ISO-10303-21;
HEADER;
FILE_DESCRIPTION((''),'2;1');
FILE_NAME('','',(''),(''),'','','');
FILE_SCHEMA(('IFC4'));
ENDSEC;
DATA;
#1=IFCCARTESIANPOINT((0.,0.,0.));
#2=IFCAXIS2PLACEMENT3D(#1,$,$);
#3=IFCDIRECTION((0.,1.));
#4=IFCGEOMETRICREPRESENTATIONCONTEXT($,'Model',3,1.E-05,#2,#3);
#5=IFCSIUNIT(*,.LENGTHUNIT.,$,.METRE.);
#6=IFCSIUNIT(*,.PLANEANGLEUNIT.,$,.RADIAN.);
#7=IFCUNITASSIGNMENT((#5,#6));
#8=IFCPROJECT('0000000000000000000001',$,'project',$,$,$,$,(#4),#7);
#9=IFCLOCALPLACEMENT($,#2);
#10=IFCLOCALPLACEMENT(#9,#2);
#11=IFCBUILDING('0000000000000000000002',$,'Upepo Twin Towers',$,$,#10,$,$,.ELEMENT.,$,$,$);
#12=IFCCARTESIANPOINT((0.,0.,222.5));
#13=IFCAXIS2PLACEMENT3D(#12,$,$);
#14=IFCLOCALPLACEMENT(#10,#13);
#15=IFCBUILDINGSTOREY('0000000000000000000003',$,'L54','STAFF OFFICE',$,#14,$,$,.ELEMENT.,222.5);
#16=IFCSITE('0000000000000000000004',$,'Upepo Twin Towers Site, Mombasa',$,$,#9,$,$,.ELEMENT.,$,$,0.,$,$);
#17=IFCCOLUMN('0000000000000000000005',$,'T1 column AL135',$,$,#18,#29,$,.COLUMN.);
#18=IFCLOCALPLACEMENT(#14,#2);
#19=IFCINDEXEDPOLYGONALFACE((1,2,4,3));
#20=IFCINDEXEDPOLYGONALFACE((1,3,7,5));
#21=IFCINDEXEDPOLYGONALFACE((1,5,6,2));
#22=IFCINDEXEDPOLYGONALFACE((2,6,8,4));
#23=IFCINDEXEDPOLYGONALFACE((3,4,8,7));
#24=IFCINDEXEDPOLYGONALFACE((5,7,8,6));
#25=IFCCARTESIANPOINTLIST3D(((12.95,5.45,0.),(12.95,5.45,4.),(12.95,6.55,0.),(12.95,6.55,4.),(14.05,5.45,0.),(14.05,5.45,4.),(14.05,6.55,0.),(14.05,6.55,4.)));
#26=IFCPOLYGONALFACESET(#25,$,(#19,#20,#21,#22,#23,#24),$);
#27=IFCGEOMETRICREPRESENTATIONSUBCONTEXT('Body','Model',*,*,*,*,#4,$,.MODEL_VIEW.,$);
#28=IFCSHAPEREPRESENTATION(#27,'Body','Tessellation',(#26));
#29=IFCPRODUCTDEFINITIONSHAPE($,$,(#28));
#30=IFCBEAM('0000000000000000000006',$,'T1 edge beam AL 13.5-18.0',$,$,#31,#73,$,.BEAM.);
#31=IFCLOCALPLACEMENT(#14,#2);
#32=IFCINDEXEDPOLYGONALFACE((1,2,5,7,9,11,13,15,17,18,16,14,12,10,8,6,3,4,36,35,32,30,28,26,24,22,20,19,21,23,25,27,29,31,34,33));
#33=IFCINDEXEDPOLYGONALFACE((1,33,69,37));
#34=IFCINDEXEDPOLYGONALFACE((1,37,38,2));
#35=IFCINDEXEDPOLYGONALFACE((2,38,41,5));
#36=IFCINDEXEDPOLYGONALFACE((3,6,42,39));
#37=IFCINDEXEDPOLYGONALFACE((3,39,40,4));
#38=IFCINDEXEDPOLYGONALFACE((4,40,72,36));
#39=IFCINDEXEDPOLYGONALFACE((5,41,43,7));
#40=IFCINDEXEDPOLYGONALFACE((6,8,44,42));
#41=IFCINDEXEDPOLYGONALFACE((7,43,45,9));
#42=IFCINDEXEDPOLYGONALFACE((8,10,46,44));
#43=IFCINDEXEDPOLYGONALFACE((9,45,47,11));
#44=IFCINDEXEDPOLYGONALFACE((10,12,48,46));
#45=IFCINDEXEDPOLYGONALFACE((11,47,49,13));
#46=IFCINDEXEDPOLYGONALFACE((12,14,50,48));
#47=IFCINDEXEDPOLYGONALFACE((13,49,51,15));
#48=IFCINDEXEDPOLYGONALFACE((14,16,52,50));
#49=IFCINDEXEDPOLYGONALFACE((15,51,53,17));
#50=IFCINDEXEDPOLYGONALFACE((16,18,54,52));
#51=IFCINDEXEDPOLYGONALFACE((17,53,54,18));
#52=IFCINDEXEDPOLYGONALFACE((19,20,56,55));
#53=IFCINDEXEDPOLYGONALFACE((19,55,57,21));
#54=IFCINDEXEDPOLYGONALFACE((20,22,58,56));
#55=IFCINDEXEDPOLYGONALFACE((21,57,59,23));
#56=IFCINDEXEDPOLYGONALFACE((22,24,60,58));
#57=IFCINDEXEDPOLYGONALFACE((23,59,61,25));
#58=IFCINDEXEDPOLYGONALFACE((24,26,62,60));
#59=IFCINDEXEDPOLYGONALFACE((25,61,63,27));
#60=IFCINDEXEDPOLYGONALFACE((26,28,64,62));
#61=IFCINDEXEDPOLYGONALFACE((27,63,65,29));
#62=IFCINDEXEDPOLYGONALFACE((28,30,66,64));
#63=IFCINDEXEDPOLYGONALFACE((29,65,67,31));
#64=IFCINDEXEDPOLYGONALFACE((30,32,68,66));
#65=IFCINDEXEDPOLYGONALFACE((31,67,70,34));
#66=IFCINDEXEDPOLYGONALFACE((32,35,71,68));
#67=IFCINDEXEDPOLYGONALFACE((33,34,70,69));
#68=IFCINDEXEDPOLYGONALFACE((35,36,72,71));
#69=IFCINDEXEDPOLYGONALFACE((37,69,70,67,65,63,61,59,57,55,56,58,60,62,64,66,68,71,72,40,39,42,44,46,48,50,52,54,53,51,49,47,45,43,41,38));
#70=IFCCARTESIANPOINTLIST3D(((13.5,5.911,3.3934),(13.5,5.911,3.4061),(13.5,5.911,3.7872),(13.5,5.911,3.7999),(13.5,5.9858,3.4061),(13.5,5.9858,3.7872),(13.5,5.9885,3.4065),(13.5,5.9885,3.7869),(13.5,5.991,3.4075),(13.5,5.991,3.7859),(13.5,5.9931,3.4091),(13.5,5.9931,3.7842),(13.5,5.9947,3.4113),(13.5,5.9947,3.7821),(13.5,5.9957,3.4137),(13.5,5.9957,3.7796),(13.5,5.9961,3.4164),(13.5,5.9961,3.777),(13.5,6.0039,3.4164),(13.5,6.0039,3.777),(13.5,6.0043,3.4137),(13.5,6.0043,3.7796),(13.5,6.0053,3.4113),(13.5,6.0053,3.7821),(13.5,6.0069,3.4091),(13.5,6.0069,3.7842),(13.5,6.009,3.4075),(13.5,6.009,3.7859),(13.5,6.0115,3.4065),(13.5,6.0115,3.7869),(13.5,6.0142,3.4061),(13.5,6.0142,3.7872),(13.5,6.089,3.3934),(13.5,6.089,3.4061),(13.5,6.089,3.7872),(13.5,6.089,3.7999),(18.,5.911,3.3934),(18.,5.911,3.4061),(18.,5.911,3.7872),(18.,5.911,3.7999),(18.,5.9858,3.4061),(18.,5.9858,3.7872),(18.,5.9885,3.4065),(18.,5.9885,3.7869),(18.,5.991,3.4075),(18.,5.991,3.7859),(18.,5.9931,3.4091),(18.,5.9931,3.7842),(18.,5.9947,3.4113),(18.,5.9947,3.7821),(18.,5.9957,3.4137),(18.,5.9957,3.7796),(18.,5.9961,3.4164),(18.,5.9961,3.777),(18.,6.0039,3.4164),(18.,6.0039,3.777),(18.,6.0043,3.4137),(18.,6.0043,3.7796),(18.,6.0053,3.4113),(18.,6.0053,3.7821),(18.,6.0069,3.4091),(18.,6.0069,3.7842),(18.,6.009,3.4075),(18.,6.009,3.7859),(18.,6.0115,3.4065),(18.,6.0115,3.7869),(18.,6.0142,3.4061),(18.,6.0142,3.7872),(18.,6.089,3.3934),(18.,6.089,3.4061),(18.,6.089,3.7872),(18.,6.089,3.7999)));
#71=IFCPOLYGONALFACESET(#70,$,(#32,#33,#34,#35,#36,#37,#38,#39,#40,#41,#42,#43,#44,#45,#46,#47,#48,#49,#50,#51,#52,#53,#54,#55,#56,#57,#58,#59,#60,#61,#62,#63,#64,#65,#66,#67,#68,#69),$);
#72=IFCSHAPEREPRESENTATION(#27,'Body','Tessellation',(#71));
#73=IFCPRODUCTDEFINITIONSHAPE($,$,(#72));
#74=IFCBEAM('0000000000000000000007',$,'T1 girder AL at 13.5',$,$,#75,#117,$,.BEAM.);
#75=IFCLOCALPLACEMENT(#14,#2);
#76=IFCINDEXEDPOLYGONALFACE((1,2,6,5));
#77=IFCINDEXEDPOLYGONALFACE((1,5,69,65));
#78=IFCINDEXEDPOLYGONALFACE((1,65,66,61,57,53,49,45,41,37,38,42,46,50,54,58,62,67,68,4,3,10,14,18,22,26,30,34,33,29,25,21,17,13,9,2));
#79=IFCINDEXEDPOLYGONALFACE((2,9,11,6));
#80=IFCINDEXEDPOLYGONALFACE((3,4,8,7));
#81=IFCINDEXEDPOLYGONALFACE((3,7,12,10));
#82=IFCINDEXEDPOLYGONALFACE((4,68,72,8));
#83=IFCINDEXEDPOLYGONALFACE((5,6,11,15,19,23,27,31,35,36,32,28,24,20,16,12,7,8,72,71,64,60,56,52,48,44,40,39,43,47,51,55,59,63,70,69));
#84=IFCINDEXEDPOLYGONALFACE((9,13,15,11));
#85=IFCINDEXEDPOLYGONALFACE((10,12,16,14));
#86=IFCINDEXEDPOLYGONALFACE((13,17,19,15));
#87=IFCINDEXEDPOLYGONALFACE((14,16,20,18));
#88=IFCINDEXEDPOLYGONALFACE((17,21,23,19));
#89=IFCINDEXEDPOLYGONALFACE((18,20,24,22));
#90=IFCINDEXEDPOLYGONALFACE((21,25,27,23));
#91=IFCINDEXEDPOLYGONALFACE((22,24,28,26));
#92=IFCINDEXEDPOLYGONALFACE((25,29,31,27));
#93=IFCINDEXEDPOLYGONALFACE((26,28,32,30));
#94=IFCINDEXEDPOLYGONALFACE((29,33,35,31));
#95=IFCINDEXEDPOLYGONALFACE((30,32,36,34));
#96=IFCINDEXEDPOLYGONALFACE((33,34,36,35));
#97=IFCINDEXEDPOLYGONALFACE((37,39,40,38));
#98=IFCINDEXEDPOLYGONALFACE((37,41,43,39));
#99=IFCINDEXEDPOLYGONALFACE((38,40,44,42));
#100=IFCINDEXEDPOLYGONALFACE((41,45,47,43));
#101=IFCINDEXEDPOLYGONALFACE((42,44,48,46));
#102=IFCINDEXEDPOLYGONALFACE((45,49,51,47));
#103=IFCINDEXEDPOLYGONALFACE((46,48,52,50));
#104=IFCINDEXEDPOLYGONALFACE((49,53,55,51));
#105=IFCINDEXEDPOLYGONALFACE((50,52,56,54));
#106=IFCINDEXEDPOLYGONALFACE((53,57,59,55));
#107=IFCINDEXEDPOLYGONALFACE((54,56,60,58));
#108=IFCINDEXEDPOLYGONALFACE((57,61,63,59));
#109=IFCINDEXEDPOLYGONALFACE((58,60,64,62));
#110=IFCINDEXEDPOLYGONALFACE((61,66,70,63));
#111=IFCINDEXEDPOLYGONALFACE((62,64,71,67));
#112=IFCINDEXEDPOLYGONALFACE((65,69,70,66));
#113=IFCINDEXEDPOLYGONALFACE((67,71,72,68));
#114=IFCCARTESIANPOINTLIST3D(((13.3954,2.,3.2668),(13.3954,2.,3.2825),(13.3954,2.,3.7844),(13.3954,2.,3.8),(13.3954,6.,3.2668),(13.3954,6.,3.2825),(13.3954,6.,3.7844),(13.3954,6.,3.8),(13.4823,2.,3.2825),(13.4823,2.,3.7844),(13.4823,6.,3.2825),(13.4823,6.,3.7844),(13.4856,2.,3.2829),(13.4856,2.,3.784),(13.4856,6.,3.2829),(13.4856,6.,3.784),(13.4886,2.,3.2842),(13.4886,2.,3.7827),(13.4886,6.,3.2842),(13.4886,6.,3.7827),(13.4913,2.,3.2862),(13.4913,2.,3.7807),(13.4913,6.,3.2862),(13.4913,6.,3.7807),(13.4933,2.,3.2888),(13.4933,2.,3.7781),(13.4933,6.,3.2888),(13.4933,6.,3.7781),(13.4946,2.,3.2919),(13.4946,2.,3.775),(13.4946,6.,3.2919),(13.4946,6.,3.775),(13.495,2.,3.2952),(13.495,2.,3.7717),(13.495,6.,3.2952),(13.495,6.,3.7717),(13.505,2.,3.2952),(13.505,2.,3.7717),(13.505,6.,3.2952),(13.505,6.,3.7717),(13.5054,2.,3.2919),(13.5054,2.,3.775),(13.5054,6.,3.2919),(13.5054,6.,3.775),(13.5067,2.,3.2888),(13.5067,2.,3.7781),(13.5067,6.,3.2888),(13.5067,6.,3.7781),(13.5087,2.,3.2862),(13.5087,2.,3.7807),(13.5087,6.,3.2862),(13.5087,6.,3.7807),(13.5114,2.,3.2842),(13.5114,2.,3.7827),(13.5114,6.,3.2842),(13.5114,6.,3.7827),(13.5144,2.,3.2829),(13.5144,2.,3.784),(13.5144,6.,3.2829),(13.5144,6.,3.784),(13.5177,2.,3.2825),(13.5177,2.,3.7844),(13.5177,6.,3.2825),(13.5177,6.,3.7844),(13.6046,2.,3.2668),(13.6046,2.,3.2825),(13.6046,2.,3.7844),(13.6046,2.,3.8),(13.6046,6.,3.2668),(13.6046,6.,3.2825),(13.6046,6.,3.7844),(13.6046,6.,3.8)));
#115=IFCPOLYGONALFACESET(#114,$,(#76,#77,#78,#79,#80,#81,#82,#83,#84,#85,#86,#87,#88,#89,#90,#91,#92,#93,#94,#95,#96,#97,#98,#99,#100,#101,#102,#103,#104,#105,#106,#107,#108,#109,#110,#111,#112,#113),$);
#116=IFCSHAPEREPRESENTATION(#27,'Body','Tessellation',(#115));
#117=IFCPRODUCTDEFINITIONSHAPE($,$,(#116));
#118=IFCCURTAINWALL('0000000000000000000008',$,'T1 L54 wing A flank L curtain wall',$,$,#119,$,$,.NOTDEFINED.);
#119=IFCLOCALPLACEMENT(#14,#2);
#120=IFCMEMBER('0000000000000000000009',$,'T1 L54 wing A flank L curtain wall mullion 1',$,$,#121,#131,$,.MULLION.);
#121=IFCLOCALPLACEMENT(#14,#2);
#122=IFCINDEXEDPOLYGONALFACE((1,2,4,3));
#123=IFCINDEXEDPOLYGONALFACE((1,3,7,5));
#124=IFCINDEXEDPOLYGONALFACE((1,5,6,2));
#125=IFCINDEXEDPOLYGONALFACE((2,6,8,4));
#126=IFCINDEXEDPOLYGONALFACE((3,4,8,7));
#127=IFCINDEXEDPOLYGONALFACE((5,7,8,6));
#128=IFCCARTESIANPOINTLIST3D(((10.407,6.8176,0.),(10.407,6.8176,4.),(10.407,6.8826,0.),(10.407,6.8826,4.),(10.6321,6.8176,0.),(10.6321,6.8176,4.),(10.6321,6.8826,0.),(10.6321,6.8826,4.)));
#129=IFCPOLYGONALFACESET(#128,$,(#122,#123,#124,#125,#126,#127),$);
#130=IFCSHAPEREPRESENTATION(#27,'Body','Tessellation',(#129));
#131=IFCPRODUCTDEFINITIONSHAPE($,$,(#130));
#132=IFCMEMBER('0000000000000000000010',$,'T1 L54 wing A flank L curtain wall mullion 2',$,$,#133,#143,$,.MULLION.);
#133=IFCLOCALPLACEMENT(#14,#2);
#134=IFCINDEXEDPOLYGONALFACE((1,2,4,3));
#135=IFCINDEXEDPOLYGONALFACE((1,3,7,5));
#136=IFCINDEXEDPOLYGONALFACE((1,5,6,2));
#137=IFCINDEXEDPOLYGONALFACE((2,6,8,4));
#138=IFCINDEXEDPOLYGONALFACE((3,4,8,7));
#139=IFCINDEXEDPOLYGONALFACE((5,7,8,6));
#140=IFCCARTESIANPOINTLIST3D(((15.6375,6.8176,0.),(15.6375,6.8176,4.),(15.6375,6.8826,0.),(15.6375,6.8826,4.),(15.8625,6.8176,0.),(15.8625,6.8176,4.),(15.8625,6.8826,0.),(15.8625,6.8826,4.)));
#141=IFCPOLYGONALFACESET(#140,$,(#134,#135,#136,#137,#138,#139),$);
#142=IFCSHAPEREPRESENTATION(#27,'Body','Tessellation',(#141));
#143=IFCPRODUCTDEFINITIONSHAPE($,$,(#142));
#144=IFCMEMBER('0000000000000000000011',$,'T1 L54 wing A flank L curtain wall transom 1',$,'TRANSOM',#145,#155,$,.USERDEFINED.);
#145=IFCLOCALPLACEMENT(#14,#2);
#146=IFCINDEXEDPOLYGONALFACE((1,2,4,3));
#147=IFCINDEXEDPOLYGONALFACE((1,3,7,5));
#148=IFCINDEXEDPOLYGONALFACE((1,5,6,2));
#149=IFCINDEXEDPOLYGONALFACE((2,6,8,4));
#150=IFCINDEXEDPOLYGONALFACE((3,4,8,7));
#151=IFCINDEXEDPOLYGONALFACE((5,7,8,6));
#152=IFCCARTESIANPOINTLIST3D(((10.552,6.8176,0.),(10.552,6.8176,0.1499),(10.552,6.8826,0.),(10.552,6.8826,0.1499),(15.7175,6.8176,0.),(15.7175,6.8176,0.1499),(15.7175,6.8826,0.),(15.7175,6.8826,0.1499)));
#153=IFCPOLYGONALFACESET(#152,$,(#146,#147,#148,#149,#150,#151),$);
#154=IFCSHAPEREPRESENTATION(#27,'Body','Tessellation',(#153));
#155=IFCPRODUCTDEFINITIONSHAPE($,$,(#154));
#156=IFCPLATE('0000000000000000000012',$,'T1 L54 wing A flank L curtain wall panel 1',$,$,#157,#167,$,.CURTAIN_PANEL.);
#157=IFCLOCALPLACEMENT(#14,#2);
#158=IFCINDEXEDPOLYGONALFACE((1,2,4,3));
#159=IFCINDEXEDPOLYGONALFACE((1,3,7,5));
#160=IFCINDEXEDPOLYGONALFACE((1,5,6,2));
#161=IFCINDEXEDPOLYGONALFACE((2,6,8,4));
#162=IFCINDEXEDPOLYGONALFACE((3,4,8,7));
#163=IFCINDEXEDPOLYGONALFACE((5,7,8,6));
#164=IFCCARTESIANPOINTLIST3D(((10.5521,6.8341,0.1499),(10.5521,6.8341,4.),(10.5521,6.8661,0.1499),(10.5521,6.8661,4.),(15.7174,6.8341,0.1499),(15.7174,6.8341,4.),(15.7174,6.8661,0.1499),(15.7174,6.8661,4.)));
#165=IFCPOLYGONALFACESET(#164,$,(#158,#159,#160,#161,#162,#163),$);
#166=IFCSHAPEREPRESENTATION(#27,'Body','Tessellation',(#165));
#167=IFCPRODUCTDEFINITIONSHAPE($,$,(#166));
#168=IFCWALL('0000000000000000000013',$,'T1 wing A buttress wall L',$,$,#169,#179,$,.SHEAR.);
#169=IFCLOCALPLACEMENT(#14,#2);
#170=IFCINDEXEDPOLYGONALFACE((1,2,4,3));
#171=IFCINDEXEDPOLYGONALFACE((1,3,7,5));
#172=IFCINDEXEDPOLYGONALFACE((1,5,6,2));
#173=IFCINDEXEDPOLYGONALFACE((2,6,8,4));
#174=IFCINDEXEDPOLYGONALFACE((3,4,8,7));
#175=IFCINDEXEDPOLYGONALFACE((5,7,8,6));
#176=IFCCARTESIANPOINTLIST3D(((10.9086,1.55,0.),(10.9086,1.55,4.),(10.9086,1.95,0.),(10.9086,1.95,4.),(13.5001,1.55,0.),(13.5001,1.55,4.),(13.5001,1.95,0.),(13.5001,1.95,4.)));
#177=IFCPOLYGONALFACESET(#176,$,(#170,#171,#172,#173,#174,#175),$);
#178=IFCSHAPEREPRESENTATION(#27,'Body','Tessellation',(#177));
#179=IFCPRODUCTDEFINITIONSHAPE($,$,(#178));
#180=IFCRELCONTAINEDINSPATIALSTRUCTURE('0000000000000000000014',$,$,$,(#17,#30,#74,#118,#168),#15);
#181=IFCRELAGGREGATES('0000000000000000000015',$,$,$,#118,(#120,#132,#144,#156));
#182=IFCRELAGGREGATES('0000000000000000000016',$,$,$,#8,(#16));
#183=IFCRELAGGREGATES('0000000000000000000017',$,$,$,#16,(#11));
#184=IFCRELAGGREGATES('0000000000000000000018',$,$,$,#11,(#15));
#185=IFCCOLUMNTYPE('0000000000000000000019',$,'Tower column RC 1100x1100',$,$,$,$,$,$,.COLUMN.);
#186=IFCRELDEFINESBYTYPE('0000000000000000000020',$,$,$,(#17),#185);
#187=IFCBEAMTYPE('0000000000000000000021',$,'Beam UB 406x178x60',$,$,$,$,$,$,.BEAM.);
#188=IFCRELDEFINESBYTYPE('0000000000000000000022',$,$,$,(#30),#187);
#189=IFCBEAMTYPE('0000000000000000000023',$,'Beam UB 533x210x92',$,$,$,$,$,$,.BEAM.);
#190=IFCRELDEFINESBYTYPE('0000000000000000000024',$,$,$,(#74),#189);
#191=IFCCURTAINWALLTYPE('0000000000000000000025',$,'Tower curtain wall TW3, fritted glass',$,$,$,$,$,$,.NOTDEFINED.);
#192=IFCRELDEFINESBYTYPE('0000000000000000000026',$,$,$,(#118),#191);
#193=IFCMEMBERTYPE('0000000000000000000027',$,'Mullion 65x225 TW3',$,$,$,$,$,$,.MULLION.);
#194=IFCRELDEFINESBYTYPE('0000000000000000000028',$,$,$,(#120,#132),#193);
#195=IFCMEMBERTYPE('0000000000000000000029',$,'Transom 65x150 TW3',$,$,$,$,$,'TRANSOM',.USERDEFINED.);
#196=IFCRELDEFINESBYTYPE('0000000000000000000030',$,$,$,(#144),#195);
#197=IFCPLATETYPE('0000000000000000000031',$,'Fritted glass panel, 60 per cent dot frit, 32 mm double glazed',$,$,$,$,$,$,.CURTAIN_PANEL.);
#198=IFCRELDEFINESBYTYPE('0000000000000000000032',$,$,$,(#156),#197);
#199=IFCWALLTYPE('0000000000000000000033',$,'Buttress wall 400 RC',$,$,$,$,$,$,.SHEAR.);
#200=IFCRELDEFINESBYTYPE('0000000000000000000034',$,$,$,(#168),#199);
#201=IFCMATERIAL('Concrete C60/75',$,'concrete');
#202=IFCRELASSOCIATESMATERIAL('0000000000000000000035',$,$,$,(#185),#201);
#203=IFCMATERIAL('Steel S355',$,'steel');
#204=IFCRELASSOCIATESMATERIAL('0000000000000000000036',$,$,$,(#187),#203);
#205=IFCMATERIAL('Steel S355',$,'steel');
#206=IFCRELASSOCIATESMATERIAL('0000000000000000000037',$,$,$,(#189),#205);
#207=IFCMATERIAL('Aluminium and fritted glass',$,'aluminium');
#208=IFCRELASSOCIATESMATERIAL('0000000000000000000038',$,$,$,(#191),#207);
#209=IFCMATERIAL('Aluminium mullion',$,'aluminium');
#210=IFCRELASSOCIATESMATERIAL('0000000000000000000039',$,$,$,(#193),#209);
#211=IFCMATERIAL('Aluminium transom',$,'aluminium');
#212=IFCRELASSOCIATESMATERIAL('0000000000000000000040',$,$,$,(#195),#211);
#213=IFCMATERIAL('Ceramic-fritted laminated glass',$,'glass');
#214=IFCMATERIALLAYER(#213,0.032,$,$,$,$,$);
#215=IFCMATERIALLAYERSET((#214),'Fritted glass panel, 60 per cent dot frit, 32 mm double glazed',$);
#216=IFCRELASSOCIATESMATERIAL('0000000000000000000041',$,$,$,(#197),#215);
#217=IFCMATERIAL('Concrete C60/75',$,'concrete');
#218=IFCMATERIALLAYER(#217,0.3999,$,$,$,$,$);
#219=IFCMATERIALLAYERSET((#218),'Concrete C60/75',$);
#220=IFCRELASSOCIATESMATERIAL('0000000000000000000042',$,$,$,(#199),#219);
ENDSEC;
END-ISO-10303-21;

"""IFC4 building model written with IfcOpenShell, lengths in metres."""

from ifc_helpers import new_model, si_unit, direction, frame, frame_2d, origin, origin_2d, place, context, subcontext, project, spatial, rectangle, i_section, extrude, material, layer, layer_set, material_profile, profile_set, type_object, element, aggregate, save


model = new_model("IFC4")

# Units and contexts
model_context = context("Model", 3, precision=1e-05, world=origin(), true_north=direction((0.0, 1.0)))
body_context = subcontext(model_context, "Body", "Model", "MODEL_VIEW")
ifc_project = project(units=[si_unit("LENGTHUNIT", "METRE"), si_unit("PLANEANGLEUNIT", "RADIAN")], contexts=[model_context])

# Site, building, storey
site_placement = place(None, origin())
site = spatial("IfcSite", under=ifc_project, at=site_placement, Name="Upepo Twin Towers Site, Mombasa", CompositionType="ELEMENT", RefElevation=0.0)
building_placement = place(site_placement, origin())
building = spatial("IfcBuilding", under=site, at=building_placement, Name="Upepo Twin Towers", CompositionType="ELEMENT")
storey_placement = place(building_placement, frame((0.0, 0.0, 222.5)))
storey = spatial("IfcBuildingStorey", under=building, at=storey_placement, Name="L54", Description="STAFF OFFICE", CompositionType="ELEMENT", Elevation=222.5)

# Column
ifc_material_1 = material(Name="Concrete C60/75", Category="concrete")
ifc_material_profile_1 = material_profile(ifc_material_1, rectangle(XDim=1.1001, YDim=1.1001, at=origin_2d()), Name="RC 1100x1100")
ifc_profile_set_1 = profile_set([ifc_material_profile_1], Name="Concrete C60/75")
column_type = type_object("IfcColumnType", Name="Tower column RC 1100x1100", PredefinedType="COLUMN", material=ifc_profile_set_1)
column_placement = place(storey_placement, frame((13.5, 6.0, 0.0), z_axis=(0.0, 0.0, 1.0), x_axis=(1.0, 0.0, 0.0)))
element("IfcColumn", 1, at=column_placement, inside=storey, type_object=column_type, Name="T1 column AL135", PredefinedType="COLUMN", context=body_context, shape_type="SweptSolid", body=[
    extrude(rectangle(XDim=1.1001, YDim=1.1001, at=origin_2d()), origin(), (0.0, 0.0, 1.0), 4.0),
])

# Beams
ifc_material_2 = material(Name="Steel S355", Category="steel")
ifc_material_profile_2 = material_profile(ifc_material_2, i_section(OverallWidth=0.178, OverallDepth=0.4065, WebThickness=0.0078, FlangeThickness=0.0127, FilletRadius=0.0103, at=origin_2d()), Name="UB 406x178x60")
ifc_profile_set_2 = profile_set([ifc_material_profile_2], Name="Steel S355")
beam_type_1 = type_object("IfcBeamType", Name="Beam UB 406x178x60", PredefinedType="BEAM", material=ifc_profile_set_2)
beam_1_placement = place(storey_placement, frame((13.5, 6.0, 3.5967), z_axis=(1.0, 0.0, 0.0), x_axis=(0.0, 1.0, 0.0)))
element("IfcBeam", 2, at=beam_1_placement, inside=storey, type_object=beam_type_1, Name="T1 edge beam AL 13.5-18.0", PredefinedType="BEAM", context=body_context, shape_type="SweptSolid", body=[
    extrude(i_section(OverallWidth=0.178, OverallDepth=0.4065, WebThickness=0.0078, FlangeThickness=0.0127, FilletRadius=0.0103, at=origin_2d()), origin(), (0.0, 0.0, 1.0), 4.5),
])
ifc_material_3 = material(Name="Steel S355", Category="steel")
ifc_material_profile_3 = material_profile(ifc_material_3, i_section(OverallWidth=0.2092, OverallDepth=0.5332, WebThickness=0.01, FlangeThickness=0.0156, FilletRadius=0.0127, at=origin_2d()), Name="UB 533x210x92")
ifc_profile_set_3 = profile_set([ifc_material_profile_3], Name="Steel S355")
beam_type_2 = type_object("IfcBeamType", Name="Beam UB 533x210x92", PredefinedType="BEAM", material=ifc_profile_set_3)
beam_2_placement = place(storey_placement, frame((13.5, 6.0, 3.5334), z_axis=(0.0, -1.0, 0.0), x_axis=(1.0, 0.0, 0.0)))
element("IfcBeam", 3, at=beam_2_placement, inside=storey, type_object=beam_type_2, Name="T1 girder AL at 13.5", PredefinedType="BEAM", context=body_context, shape_type="SweptSolid", body=[
    extrude(i_section(OverallWidth=0.2092, OverallDepth=0.5332, WebThickness=0.01, FlangeThickness=0.0156, FilletRadius=0.0127, at=origin_2d()), origin(), (0.0, 0.0, 1.0), 4.0),
])

# Curtain wall, members, plate
ifc_material_4 = material(Name="Aluminium and fritted glass", Category="aluminium")
curtain_wall_type = type_object("IfcCurtainWallType", Name="Tower curtain wall TW3, fritted glass", PredefinedType="NOTDEFINED", material=ifc_material_4)
curtain_wall_placement = place(storey_placement, origin())
curtain_wall = element("IfcCurtainWall", 4, at=curtain_wall_placement, inside=storey, type_object=curtain_wall_type, Name="T1 L54 wing A flank L curtain wall", PredefinedType="NOTDEFINED")
ifc_material_5 = material(Name="Aluminium mullion", Category="aluminium")
ifc_material_profile_4 = material_profile(ifc_material_5, rectangle(XDim=0.0649, YDim=0.2251, at=origin_2d()), Name="MULLION 65x225")
ifc_profile_set_4 = profile_set([ifc_material_profile_4], Name="Aluminium mullion")
member_type_1 = type_object("IfcMemberType", Name="Mullion 65x225 TW3", PredefinedType="MULLION", material=ifc_profile_set_4)
member_1_placement = place(storey_placement, frame((10.5195, 6.8501, 0.0), z_axis=(0.0, 0.0, 1.0), x_axis=(0.0, 1.0, 0.0)))
member_1 = element("IfcMember", 5, at=member_1_placement, type_object=member_type_1, Name="T1 L54 wing A flank L curtain wall mullion 1", PredefinedType="MULLION", context=body_context, shape_type="SweptSolid", body=[
    extrude(rectangle(XDim=0.0649, YDim=0.2251, at=origin_2d()), origin(), (0.0, 0.0, 1.0), 4.0),
])
member_2_placement = place(storey_placement, frame((15.75, 6.8501, 0.0), z_axis=(0.0, 0.0, 1.0), x_axis=(0.0, 1.0, 0.0)))
member_2 = element("IfcMember", 6, at=member_2_placement, type_object=member_type_1, Name="T1 L54 wing A flank L curtain wall mullion 2", PredefinedType="MULLION", context=body_context, shape_type="SweptSolid", body=[
    extrude(rectangle(XDim=0.0649, YDim=0.2251, at=origin_2d()), origin(), (0.0, 0.0, 1.0), 4.0),
])
ifc_material_6 = material(Name="Aluminium transom", Category="aluminium")
ifc_material_profile_5 = material_profile(ifc_material_6, rectangle(XDim=0.0649, YDim=0.1499, at=origin_2d()), Name="TRANSOM 65x150")
ifc_profile_set_5 = profile_set([ifc_material_profile_5], Name="Aluminium transom")
member_type_2 = type_object("IfcMemberType", Name="Transom 65x150 TW3", ElementType="TRANSOM", PredefinedType="USERDEFINED", material=ifc_profile_set_5)
member_3_placement = place(storey_placement, frame((10.552, 6.8501, 0.075), z_axis=(1.0, 0.0, 0.0), x_axis=(0.0, 1.0, 0.0)))
member_3 = element("IfcMember", 7, at=member_3_placement, type_object=member_type_2, Name="T1 L54 wing A flank L curtain wall transom 1", ObjectType="TRANSOM", PredefinedType="USERDEFINED", context=body_context, shape_type="SweptSolid", body=[
    extrude(rectangle(XDim=0.0649, YDim=0.1499, at=origin_2d()), origin(), (0.0, 0.0, 1.0), 5.1655),
])
ifc_material_7 = material(Name="Ceramic-fritted laminated glass", Category="glass")
ifc_layer_1 = layer(ifc_material_7, 0.032)
ifc_layer_set_1 = layer_set([ifc_layer_1], Name="Fritted glass panel, 60 per cent dot frit, 32 mm double glazed")
plate_type = type_object("IfcPlateType", Name="Fritted glass panel, 60 per cent dot frit, 32 mm double glazed", PredefinedType="CURTAIN_PANEL", material=ifc_layer_set_1)
plate_placement = place(storey_placement, frame((13.1348, 6.8501, 0.1499), z_axis=(0.0, 0.0, 1.0), x_axis=(1.0, 0.0, 0.0)))
plate = element("IfcPlate", 8, at=plate_placement, type_object=plate_type, Name="T1 L54 wing A flank L curtain wall panel 1", PredefinedType="CURTAIN_PANEL", context=body_context, shape_type="SweptSolid", body=[
    extrude(rectangle(XDim=5.1653, YDim=0.032, at=origin_2d()), origin(), (0.0, 0.0, 1.0), 3.8501),
])
aggregate(curtain_wall, [member_1, member_2, member_3, plate])

# Wall
ifc_material_8 = material(Name="Concrete C60/75", Category="concrete")
ifc_layer_2 = layer(ifc_material_8, 0.3999)
ifc_layer_set_2 = layer_set([ifc_layer_2], Name="Concrete C60/75")
wall_type_1 = type_object("IfcWallType", Name="Buttress wall 400 RC", PredefinedType="SHEAR", material=ifc_layer_set_2)
wall_1_placement = place(storey_placement, frame((10.9084, 1.75, 0.0), z_axis=(0.0, 0.0, 1.0), x_axis=(1.0, 0.0, 0.0)))
element("IfcWall", 9, at=wall_1_placement, inside=storey, type_object=wall_type_1, Name="T1 wing A buttress wall L", PredefinedType="SHEAR", context=body_context, shape_type="SweptSolid", body=[
    extrude(rectangle(XDim=2.5916, YDim=0.3999, at=frame_2d((1.2959, 0.0))), origin(), (0.0, 0.0, 1.0), 4.0),
])

save(model, "model.ifc")
